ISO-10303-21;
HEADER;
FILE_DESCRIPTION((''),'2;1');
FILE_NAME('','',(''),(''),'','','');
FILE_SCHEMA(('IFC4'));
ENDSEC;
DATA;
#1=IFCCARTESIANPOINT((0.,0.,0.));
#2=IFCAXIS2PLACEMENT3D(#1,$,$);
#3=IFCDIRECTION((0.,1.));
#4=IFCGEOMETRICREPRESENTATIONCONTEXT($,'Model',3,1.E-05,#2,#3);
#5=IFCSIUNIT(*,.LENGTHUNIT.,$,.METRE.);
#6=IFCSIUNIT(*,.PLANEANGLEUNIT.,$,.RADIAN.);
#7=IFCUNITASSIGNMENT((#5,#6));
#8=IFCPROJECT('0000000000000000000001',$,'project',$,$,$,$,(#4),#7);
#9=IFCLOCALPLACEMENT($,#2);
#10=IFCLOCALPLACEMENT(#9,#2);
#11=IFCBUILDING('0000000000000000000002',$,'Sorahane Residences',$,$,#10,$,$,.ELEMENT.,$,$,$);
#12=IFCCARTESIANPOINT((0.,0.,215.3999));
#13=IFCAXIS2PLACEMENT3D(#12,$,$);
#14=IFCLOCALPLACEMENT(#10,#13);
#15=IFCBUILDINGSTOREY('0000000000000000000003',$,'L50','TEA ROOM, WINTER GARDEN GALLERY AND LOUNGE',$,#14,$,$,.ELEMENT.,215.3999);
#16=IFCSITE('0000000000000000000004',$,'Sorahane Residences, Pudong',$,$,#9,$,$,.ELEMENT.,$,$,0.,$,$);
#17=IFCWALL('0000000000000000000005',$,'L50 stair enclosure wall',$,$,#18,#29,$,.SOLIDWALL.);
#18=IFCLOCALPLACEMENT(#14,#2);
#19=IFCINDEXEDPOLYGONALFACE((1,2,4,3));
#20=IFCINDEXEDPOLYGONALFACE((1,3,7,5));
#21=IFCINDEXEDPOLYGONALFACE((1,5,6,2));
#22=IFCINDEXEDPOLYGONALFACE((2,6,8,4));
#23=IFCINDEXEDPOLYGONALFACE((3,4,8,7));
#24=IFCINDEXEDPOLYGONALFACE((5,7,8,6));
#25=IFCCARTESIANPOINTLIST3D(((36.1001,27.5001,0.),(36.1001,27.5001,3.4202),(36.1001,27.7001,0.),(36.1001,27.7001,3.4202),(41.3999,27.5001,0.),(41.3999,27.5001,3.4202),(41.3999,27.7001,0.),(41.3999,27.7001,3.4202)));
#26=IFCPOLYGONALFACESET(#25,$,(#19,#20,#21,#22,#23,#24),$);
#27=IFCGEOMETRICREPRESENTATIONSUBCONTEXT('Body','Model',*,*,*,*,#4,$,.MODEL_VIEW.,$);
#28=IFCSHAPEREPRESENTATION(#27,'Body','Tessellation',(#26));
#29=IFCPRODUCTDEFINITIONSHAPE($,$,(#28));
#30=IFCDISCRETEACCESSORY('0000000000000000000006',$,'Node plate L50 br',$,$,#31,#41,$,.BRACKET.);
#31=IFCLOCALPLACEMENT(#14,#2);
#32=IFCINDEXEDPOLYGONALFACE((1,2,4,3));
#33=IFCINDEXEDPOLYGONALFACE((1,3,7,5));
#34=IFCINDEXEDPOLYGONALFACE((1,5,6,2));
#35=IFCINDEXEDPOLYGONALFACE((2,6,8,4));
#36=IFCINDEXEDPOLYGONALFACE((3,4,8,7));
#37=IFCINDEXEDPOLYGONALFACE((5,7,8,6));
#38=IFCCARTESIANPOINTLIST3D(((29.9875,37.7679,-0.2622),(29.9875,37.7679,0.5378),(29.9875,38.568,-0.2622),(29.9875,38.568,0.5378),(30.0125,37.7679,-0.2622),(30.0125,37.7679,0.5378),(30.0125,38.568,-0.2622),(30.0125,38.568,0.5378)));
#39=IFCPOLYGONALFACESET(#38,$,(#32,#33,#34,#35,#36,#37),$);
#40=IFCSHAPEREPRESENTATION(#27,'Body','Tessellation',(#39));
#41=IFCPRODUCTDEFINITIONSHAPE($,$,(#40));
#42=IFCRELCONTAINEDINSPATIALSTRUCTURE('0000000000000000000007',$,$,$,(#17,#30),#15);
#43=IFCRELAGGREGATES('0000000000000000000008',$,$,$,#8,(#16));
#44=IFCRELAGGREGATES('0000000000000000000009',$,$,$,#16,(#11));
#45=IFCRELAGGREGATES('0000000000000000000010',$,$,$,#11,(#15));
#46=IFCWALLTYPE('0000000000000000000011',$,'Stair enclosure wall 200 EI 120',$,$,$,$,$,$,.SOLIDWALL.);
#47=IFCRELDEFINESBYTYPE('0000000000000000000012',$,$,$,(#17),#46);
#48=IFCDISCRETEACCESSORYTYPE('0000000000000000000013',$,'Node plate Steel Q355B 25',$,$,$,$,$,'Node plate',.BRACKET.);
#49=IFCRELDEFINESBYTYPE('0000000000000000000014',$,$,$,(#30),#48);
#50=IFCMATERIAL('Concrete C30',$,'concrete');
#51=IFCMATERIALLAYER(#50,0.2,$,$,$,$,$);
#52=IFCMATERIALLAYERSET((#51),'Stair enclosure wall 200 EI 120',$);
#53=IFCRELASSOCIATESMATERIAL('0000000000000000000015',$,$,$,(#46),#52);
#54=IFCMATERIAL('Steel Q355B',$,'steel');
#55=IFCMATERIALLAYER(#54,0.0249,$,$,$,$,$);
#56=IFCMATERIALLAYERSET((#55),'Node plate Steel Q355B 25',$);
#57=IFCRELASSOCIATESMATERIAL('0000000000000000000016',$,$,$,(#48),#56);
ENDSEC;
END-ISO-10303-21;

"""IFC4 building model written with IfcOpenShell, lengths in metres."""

from ifc_helpers import new_model, si_unit, direction, frame, frame_2d, origin, origin_2d, place, context, subcontext, project, spatial, rectangle, extrude, material, layer, layer_set, type_object, element, save


model = new_model("IFC4")

# Units and contexts
model_context = context("Model", 3, precision=1e-05, world=origin(), true_north=direction((0.0, 1.0)))
body_context = subcontext(model_context, "Body", "Model", "MODEL_VIEW")
ifc_project = project(units=[si_unit("LENGTHUNIT", "METRE"), si_unit("PLANEANGLEUNIT", "RADIAN")], contexts=[model_context])

# Site, building, storey
site_placement = place(None, origin())
site = spatial("IfcSite", under=ifc_project, at=site_placement, Name="Sorahane Residences, Pudong", CompositionType="ELEMENT", RefElevation=0.0)
building_placement = place(site_placement, origin())
building = spatial("IfcBuilding", under=site, at=building_placement, Name="Sorahane Residences", CompositionType="ELEMENT")
storey_placement = place(building_placement, frame((0.0, 0.0, 215.3999)))
storey = spatial("IfcBuildingStorey", under=building, at=storey_placement, Name="L50", Description="TEA ROOM, WINTER GARDEN GALLERY AND LOUNGE", CompositionType="ELEMENT", Elevation=215.3999)

# Wall
ifc_material_1 = material(Name="Concrete C30", Category="concrete")
ifc_layer_1 = layer(ifc_material_1, 0.2)
ifc_layer_set_1 = layer_set([ifc_layer_1], Name="Stair enclosure wall 200 EI 120")
wall_type_1 = type_object("IfcWallType", Name="Stair enclosure wall 200 EI 120", PredefinedType="SOLIDWALL", material=ifc_layer_set_1)
wall_1_placement = place(storey_placement, frame((36.1001, 27.6001, 0.0), z_axis=(0.0, 0.0, 1.0), x_axis=(1.0, 0.0, 0.0)))
element("IfcWall", 1, at=wall_1_placement, inside=storey, type_object=wall_type_1, Name="L50 stair enclosure wall", PredefinedType="SOLIDWALL", context=body_context, shape_type="SweptSolid", body=[
    extrude(rectangle(XDim=5.2998, YDim=0.2, at=frame_2d((2.6499, 0.0))), origin(), (0.0, 0.0, 1.0), 3.4202),
])

# Discrete accessory
ifc_material_2 = material(Name="Steel Q355B", Category="steel")
ifc_layer_2 = layer(ifc_material_2, 0.0249)
ifc_layer_set_2 = layer_set([ifc_layer_2], Name="Node plate Steel Q355B 25")
discrete_accessory_type = type_object("IfcDiscreteAccessoryType", Name="Node plate Steel Q355B 25", ElementType="Node plate", PredefinedType="BRACKET", material=ifc_layer_set_2)
discrete_accessory_placement = place(storey_placement, frame((30.0, 38.168, -0.2622), z_axis=(0.0, 0.0, 1.0), x_axis=(0.0, 1.0, 0.0)))
element("IfcDiscreteAccessory", 2, at=discrete_accessory_placement, inside=storey, type_object=discrete_accessory_type, Name="Node plate L50 br", PredefinedType="BRACKET", context=body_context, shape_type="SweptSolid", body=[
    extrude(rectangle(XDim=0.8, YDim=0.0249, at=origin_2d()), origin(), (0.0, 0.0, 1.0), 0.8),
])

save(model, "model.ifc")
